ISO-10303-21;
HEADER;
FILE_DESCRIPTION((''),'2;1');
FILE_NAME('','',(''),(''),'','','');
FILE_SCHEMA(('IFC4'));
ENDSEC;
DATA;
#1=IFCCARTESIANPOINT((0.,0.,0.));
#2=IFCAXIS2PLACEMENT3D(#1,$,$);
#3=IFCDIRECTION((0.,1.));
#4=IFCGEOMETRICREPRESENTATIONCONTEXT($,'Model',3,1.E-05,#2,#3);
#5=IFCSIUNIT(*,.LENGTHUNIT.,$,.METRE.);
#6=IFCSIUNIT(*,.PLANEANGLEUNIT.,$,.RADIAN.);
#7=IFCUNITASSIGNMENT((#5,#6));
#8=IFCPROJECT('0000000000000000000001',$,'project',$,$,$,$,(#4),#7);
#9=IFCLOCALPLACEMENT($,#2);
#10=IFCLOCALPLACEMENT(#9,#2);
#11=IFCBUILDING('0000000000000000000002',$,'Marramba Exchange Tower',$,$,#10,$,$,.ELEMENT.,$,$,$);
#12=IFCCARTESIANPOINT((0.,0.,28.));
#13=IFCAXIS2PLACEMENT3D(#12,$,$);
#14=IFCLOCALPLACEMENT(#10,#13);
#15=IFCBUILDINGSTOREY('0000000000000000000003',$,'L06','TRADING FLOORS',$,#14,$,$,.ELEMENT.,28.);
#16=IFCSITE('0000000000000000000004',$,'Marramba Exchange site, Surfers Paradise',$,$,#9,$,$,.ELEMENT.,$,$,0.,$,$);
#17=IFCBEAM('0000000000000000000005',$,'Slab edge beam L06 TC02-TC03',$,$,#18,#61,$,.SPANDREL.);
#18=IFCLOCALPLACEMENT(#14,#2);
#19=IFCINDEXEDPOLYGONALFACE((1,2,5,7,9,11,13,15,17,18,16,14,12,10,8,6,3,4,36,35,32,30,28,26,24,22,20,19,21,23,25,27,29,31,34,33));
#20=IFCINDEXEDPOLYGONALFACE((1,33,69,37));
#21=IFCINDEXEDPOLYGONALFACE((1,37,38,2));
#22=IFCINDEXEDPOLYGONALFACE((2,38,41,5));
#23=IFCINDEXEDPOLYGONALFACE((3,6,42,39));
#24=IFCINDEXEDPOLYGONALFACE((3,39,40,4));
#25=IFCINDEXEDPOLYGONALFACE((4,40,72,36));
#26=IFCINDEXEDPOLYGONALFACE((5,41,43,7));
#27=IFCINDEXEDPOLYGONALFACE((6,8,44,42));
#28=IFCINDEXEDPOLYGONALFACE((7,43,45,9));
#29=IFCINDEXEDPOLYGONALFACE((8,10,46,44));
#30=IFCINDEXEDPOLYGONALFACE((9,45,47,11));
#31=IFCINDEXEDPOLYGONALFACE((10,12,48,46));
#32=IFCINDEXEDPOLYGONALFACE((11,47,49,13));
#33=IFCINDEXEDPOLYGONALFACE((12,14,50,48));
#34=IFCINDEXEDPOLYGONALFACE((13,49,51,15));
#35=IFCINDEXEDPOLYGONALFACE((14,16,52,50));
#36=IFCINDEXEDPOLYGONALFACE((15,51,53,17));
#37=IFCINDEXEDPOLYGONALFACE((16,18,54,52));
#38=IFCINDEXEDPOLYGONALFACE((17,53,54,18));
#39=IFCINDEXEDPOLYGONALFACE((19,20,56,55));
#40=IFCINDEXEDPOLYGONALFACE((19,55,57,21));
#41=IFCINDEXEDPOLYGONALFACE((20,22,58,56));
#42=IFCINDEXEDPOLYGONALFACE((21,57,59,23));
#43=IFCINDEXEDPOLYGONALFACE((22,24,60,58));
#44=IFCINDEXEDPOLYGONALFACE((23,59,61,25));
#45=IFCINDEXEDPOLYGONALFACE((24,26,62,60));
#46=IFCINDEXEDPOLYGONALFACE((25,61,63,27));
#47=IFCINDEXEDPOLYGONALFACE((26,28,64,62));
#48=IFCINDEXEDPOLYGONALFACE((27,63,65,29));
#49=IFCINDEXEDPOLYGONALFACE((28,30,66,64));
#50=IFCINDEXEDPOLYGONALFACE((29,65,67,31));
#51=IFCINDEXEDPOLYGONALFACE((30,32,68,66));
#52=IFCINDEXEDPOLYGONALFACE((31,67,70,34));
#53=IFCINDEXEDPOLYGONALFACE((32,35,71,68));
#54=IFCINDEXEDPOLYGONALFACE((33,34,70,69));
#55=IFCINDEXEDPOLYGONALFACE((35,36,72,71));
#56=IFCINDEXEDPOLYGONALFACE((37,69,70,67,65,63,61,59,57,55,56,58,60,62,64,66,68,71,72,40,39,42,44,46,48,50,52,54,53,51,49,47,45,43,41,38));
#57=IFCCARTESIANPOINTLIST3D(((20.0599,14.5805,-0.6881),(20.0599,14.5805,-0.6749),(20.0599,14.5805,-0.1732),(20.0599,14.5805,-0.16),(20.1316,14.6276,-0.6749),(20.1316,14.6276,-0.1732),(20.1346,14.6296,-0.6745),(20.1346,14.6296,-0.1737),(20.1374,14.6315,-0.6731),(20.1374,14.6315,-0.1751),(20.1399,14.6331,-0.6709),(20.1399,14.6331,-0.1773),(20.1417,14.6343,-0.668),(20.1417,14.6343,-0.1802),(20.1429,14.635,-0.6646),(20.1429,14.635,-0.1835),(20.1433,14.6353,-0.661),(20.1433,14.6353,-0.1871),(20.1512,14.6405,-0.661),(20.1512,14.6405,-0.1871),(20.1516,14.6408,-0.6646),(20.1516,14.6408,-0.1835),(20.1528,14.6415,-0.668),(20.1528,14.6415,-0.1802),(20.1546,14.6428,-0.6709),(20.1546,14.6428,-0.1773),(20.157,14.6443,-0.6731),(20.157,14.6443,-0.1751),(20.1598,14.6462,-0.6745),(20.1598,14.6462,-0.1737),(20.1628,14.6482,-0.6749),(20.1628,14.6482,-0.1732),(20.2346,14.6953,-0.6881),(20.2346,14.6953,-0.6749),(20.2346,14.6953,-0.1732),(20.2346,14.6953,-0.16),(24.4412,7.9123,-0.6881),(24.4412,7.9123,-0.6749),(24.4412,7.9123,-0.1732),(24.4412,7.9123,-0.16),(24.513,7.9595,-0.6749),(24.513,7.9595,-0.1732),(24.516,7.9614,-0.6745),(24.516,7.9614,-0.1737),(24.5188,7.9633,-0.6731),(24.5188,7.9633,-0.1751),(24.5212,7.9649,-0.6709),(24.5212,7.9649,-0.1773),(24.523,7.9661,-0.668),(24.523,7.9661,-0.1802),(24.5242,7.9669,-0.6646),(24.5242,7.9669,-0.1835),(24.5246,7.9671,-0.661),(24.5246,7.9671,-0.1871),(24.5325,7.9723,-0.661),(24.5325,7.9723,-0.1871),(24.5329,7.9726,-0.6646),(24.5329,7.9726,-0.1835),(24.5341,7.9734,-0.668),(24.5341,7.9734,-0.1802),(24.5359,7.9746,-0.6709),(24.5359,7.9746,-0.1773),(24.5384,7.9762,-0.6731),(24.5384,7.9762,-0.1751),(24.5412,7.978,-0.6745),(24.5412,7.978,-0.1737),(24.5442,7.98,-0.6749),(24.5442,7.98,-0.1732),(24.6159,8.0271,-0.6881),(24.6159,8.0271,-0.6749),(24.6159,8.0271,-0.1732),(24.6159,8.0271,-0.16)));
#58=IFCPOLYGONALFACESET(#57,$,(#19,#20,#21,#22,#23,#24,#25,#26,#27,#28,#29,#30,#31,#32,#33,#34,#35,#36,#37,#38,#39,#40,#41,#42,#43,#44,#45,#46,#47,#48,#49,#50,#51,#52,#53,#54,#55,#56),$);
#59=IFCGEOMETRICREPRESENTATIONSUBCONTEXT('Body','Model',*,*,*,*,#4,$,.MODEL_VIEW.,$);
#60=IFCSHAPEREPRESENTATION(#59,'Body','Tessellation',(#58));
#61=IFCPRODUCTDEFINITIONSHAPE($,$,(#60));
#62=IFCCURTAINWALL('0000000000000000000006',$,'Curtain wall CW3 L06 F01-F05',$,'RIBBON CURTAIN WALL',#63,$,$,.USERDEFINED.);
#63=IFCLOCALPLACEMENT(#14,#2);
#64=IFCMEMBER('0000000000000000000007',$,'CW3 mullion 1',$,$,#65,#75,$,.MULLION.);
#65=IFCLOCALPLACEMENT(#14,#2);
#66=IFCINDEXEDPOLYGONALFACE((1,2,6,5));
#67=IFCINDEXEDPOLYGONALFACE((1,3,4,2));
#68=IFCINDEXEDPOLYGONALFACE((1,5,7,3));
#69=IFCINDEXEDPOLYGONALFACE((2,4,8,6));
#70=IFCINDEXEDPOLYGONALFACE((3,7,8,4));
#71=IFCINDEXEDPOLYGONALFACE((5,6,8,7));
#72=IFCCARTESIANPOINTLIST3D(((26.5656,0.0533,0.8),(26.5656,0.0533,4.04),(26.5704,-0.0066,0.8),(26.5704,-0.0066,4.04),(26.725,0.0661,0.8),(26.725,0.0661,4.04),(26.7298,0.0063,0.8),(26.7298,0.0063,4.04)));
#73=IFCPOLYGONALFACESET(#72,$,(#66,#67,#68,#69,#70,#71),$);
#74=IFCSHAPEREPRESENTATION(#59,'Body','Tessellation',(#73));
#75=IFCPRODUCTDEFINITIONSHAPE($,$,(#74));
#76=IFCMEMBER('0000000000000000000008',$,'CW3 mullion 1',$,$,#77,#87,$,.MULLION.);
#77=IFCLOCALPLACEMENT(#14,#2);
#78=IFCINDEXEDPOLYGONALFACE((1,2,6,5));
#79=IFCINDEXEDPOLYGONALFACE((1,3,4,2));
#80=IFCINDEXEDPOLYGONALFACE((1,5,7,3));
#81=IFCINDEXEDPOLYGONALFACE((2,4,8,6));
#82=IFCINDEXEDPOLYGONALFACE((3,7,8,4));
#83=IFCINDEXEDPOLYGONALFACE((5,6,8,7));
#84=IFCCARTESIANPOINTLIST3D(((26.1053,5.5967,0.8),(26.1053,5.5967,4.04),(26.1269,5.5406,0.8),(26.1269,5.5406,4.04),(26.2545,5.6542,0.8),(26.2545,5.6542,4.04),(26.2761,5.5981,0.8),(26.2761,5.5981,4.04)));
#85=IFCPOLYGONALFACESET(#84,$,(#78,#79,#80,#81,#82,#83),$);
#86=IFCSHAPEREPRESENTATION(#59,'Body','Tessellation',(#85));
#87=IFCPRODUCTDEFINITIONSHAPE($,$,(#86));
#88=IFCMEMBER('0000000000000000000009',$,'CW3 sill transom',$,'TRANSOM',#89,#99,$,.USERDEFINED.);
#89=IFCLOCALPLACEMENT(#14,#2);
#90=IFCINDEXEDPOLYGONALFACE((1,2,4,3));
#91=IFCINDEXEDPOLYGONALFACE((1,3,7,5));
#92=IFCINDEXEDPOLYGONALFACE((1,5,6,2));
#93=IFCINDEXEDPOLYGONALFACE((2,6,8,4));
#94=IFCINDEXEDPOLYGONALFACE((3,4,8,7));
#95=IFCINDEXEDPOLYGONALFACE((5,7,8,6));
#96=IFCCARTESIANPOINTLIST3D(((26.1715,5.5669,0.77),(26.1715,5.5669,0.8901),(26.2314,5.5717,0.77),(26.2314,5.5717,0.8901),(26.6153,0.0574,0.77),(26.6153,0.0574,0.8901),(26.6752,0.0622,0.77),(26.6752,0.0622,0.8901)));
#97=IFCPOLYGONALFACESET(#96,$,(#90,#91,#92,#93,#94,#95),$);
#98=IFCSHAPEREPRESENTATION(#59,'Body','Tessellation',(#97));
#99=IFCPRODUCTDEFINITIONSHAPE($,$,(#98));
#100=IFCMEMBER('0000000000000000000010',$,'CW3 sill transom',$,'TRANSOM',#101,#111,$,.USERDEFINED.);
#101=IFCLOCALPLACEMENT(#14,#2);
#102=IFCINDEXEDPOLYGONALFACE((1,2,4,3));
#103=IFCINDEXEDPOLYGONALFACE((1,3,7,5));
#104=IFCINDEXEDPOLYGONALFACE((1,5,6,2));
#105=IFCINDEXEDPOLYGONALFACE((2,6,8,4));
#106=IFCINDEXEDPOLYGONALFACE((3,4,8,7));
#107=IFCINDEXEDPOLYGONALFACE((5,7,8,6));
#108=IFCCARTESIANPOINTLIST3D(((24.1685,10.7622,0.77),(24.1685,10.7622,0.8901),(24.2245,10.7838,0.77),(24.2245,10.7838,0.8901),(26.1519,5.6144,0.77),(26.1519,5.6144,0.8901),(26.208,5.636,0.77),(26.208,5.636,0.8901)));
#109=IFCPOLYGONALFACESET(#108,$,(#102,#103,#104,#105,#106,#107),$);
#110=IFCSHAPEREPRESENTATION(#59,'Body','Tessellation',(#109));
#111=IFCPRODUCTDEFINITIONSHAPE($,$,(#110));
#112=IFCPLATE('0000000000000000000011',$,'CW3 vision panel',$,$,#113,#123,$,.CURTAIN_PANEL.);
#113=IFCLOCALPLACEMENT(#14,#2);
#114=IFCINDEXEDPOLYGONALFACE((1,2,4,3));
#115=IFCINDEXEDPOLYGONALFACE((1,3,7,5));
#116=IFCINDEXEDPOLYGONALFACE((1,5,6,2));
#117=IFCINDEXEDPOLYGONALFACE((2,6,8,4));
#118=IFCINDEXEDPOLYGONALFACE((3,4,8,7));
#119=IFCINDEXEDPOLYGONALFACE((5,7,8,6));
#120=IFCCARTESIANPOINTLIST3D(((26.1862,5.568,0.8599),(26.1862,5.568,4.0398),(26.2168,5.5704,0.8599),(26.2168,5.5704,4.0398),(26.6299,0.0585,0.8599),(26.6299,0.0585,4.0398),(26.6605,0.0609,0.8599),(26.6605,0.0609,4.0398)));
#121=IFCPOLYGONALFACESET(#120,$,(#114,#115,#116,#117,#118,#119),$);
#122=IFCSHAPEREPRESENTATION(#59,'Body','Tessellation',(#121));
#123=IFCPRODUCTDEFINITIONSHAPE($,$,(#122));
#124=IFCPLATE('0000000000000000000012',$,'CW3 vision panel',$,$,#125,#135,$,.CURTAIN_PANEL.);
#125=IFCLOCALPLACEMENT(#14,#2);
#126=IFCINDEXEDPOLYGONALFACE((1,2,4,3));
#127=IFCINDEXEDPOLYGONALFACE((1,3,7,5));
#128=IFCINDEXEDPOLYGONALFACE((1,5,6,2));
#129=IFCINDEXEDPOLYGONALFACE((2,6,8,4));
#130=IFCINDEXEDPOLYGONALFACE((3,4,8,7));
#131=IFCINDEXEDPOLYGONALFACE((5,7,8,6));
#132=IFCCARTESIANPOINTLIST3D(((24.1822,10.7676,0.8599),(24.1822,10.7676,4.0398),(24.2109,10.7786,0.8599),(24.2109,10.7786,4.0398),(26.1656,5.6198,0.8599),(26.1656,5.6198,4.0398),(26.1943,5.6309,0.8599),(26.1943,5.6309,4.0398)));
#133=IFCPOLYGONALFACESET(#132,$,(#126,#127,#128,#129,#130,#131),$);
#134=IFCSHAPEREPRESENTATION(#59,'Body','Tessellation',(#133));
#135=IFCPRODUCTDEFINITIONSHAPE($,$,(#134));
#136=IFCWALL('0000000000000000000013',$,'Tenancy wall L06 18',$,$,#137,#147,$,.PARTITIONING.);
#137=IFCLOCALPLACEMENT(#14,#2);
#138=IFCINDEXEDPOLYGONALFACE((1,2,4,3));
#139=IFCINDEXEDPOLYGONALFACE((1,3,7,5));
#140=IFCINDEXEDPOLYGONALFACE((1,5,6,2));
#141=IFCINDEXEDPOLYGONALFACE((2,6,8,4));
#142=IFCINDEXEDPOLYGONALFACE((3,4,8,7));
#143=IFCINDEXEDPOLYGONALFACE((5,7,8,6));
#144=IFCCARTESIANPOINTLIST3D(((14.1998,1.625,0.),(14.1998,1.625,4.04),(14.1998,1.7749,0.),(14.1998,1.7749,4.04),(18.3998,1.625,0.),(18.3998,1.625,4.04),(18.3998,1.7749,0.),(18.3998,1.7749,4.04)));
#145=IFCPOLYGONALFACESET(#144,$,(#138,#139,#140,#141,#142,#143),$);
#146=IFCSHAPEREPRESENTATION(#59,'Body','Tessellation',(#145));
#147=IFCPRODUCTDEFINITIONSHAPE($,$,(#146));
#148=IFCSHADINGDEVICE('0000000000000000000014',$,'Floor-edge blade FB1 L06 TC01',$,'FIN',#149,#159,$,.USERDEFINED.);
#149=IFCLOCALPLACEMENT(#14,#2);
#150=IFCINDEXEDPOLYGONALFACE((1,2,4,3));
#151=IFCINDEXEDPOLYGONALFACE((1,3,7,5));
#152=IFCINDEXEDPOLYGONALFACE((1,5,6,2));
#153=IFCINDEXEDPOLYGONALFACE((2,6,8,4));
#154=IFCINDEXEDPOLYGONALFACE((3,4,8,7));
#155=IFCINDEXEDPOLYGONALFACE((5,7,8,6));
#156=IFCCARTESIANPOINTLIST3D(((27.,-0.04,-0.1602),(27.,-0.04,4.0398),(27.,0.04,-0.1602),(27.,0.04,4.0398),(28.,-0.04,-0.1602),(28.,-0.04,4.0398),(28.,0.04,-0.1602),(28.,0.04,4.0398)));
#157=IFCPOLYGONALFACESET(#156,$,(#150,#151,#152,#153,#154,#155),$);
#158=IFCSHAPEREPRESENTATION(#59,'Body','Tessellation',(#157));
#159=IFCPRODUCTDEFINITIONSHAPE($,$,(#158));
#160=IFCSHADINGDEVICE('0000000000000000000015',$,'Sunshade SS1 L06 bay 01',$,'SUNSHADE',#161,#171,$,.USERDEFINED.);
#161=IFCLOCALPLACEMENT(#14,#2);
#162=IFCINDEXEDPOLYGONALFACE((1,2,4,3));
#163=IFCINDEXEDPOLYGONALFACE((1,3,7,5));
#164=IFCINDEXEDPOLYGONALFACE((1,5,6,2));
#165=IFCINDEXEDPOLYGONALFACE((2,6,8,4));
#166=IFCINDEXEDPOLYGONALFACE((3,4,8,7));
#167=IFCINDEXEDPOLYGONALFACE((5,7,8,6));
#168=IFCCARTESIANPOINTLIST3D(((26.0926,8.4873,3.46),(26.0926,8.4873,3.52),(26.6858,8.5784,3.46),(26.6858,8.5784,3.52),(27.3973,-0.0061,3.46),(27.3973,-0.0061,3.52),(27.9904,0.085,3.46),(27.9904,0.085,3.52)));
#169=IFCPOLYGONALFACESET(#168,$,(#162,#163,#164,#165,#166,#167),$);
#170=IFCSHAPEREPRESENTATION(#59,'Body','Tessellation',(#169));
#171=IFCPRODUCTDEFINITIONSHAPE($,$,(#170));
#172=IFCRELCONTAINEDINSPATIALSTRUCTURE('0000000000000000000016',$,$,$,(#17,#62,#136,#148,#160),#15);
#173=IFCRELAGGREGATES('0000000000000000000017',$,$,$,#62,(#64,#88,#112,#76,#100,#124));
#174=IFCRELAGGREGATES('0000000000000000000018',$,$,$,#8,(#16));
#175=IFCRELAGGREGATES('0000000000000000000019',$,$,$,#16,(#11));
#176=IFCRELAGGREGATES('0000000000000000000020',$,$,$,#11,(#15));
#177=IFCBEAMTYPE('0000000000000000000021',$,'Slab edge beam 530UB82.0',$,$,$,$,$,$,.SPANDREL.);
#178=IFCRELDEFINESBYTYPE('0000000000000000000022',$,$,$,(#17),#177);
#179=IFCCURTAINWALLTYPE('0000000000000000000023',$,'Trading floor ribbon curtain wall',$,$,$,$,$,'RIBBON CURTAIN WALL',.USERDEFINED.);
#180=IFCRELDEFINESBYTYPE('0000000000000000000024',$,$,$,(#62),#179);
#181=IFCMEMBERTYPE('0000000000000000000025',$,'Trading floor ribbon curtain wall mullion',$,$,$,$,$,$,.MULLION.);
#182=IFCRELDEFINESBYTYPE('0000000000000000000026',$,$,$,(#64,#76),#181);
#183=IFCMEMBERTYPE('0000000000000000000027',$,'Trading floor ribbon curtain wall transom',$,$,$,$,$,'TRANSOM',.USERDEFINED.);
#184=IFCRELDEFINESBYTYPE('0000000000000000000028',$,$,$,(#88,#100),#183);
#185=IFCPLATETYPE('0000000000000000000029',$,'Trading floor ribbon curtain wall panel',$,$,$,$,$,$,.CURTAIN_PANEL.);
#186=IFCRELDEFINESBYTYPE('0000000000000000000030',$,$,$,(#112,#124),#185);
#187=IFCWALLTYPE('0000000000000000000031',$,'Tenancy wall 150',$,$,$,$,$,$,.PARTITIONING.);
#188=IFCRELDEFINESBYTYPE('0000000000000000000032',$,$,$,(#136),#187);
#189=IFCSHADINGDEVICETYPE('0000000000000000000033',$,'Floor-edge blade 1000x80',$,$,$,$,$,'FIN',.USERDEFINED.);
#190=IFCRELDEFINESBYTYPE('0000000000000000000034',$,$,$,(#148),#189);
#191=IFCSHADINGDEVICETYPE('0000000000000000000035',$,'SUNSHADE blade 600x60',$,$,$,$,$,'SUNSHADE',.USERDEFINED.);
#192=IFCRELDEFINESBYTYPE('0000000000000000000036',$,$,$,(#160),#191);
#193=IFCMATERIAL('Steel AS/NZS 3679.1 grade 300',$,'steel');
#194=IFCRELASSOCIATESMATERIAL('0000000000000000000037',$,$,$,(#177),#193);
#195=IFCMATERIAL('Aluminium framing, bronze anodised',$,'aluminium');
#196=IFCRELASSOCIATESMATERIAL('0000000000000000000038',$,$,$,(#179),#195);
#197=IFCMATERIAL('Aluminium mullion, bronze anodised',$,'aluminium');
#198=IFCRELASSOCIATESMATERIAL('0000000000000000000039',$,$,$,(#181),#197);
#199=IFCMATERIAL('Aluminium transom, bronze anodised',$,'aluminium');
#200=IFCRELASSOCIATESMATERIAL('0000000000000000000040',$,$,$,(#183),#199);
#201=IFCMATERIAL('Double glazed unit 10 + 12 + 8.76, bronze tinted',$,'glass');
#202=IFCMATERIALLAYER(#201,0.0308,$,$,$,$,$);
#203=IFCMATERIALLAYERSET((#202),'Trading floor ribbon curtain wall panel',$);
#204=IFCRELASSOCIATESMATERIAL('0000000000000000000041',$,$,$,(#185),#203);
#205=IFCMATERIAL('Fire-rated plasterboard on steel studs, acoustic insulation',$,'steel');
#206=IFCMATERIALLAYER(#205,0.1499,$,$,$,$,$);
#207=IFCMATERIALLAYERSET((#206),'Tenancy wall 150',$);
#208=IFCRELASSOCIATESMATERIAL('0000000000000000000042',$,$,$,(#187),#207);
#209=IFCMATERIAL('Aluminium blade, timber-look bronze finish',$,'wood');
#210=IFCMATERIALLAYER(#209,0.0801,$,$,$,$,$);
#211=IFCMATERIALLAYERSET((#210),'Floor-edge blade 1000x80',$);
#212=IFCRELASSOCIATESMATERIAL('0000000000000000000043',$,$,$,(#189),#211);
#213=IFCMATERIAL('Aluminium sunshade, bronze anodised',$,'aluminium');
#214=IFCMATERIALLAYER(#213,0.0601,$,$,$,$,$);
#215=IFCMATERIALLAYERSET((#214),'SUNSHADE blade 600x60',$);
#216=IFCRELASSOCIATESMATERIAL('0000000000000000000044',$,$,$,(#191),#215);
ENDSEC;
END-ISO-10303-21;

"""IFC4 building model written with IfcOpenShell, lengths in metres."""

from ifc_helpers import new_model, si_unit, direction, frame, frame_2d, origin, origin_2d, place, context, subcontext, project, spatial, rectangle, i_section, extrude, material, layer, layer_set, material_profile, profile_set, type_object, element, aggregate, save


model = new_model("IFC4")

# Units and contexts
model_context = context("Model", 3, precision=1e-05, world=origin(), true_north=direction((0.0, 1.0)))
body_context = subcontext(model_context, "Body", "Model", "MODEL_VIEW")
ifc_project = project(units=[si_unit("LENGTHUNIT", "METRE"), si_unit("PLANEANGLEUNIT", "RADIAN")], contexts=[model_context])

# Site, building, storey
site_placement = place(None, origin())
site = spatial("IfcSite", under=ifc_project, at=site_placement, Name="Marramba Exchange site, Surfers Paradise", CompositionType="ELEMENT", RefElevation=0.0)
building_placement = place(site_placement, origin())
building = spatial("IfcBuilding", under=site, at=building_placement, Name="Marramba Exchange Tower", CompositionType="ELEMENT")
storey_placement = place(building_placement, frame((0.0, 0.0, 28.0)))
storey = spatial("IfcBuildingStorey", under=building, at=storey_placement, Name="L06", Description="TRADING FLOORS", CompositionType="ELEMENT", Elevation=28.0)

# Beam
ifc_material_1 = material(Name="Steel AS/NZS 3679.1 grade 300", Category="steel")
ifc_material_profile_1 = material_profile(ifc_material_1, i_section(OverallWidth=0.209, OverallDepth=0.5281, WebThickness=0.0095, FlangeThickness=0.0132, FilletRadius=0.0139, at=origin_2d()), Name="530UB82.0")
ifc_profile_set_1 = profile_set([ifc_material_profile_1], Name="Steel AS/NZS 3679.1 grade 300")
beam_type_1 = type_object("IfcBeamType", Name="Slab edge beam 530UB82.0", PredefinedType="SPANDREL", material=ifc_profile_set_1)
beam_1_placement = place(storey_placement, frame((24.5286, 7.9697, -0.4241), z_axis=(-0.549124, 0.835741, 0.0), x_axis=(-0.835741, -0.549124, 0.0)))
element("IfcBeam", 1, at=beam_1_placement, inside=storey, type_object=beam_type_1, Name="Slab edge beam L06 TC02-TC03", PredefinedType="SPANDREL", context=body_context, shape_type="SweptSolid", body=[
    extrude(i_section(OverallWidth=0.209, OverallDepth=0.5281, WebThickness=0.0095, FlangeThickness=0.0132, FilletRadius=0.0139, at=origin_2d()), origin(), (0.0, 0.0, 1.0), 7.9788),
])

# Curtain wall, members, plates
ifc_material_2 = material(Name="Aluminium framing, bronze anodised", Category="aluminium")
curtain_wall_type = type_object("IfcCurtainWallType", Name="Trading floor ribbon curtain wall", ElementType="RIBBON CURTAIN WALL", PredefinedType="USERDEFINED", material=ifc_material_2)
curtain_wall_placement = place(storey_placement, origin())
curtain_wall = element("IfcCurtainWall", 2, at=curtain_wall_placement, inside=storey, type_object=curtain_wall_type, Name="Curtain wall CW3 L06 F01-F05", ObjectType="RIBBON CURTAIN WALL", PredefinedType="USERDEFINED")
ifc_material_3 = material(Name="Aluminium mullion, bronze anodised", Category="aluminium")
ifc_material_profile_2 = material_profile(ifc_material_3, rectangle(XDim=0.1599, YDim=0.0601, at=origin_2d()), Name="CW3 mullion 60x160")
ifc_profile_set_2 = profile_set([ifc_material_profile_2], Name="Aluminium mullion, bronze anodised")
member_type_1 = type_object("IfcMemberType", Name="Trading floor ribbon curtain wall mullion", PredefinedType="MULLION", material=ifc_profile_set_2)
member_1_placement = place(storey_placement, frame((26.6477, 0.0298, 0.8), z_axis=(0.0, 0.0, 1.0), x_axis=(-0.996773, -0.080275, 0.0)))
member_1 = element("IfcMember", 3, at=member_1_placement, type_object=member_type_1, Name="CW3 mullion 1", PredefinedType="MULLION", context=body_context, shape_type="SweptSolid", body=[
    extrude(rectangle(XDim=0.1599, YDim=0.0601, at=origin_2d()), origin(), (0.0, 0.0, 1.0), 3.24),
])
member_2_placement = place(storey_placement, frame((26.1907, 5.5974, 0.8), z_axis=(0.0, 0.0, 1.0), x_axis=(-0.933135, -0.359526, 0.0)))
member_2 = element("IfcMember", 4, at=member_2_placement, type_object=member_type_1, Name="CW3 mullion 1", PredefinedType="MULLION", context=body_context, shape_type="SweptSolid", body=[
    extrude(rectangle(XDim=0.1599, YDim=0.0601, at=origin_2d()), origin(), (0.0, 0.0, 1.0), 3.24),
])
ifc_material_4 = material(Name="Aluminium transom, bronze anodised", Category="aluminium")
ifc_material_profile_3 = material_profile(ifc_material_4, rectangle(XDim=0.0601, YDim=0.1201, at=origin_2d()), Name="CW3 transom 60x120")
ifc_profile_set_3 = profile_set([ifc_material_profile_3], Name="Aluminium transom, bronze anodised")
member_type_2 = type_object("IfcMemberType", Name="Trading floor ribbon curtain wall transom", ElementType="TRANSOM", PredefinedType="USERDEFINED", material=ifc_profile_set_3)
member_3_placement = place(storey_placement, frame((26.6453, 0.0598, 0.8301), z_axis=(-0.0803, 0.996771, 0.0), x_axis=(-0.996771, -0.0803, 0.0)))
member_3 = element("IfcMember", 5, at=member_3_placement, type_object=member_type_2, Name="CW3 sill transom", ObjectType="TRANSOM", PredefinedType="USERDEFINED", context=body_context, shape_type="SweptSolid", body=[
    extrude(rectangle(XDim=0.0601, YDim=0.1201, at=origin_2d()), origin(), (0.0, 0.0, 1.0), 5.5273),
])
member_4_placement = place(storey_placement, frame((26.1799, 5.6252, 0.8301), z_axis=(-0.359534, 0.933132, 0.0), x_axis=(-0.933132, -0.359534, 0.0)))
member_4 = element("IfcMember", 6, at=member_4_placement, type_object=member_type_2, Name="CW3 sill transom", ObjectType="TRANSOM", PredefinedType="USERDEFINED", context=body_context, shape_type="SweptSolid", body=[
    extrude(rectangle(XDim=0.0601, YDim=0.1201, at=origin_2d()), origin(), (0.0, 0.0, 1.0), 5.5166),
])
ifc_material_5 = material(Name="Double glazed unit 10 + 12 + 8.76, bronze tinted", Category="glass")
ifc_layer_1 = layer(ifc_material_5, 0.0308)
ifc_layer_set_1 = layer_set([ifc_layer_1], Name="Trading floor ribbon curtain wall panel")
plate_type = type_object("IfcPlateType", Name="Trading floor ribbon curtain wall panel", PredefinedType="CURTAIN_PANEL", material=ifc_layer_set_1)
plate_1_placement = place(storey_placement, frame((26.4233, 2.8145, 0.8599), z_axis=(0.0, 0.0, 1.0), x_axis=(-0.080275, 0.996773, 0.0)))
plate_1 = element("IfcPlate", 7, at=plate_1_placement, type_object=plate_type, Name="CW3 vision panel", PredefinedType="CURTAIN_PANEL", context=body_context, shape_type="SweptSolid", body=[
    extrude(rectangle(XDim=5.5273, YDim=0.0308, at=origin_2d()), origin(), (0.0, 0.0, 1.0), 3.1799),
])
plate_2_placement = place(storey_placement, frame((25.1882, 8.1992, 0.8599), z_axis=(0.0, 0.0, 1.0), x_axis=(-0.359526, 0.933135, 0.0)))
plate_2 = element("IfcPlate", 8, at=plate_2_placement, type_object=plate_type, Name="CW3 vision panel", PredefinedType="CURTAIN_PANEL", context=body_context, shape_type="SweptSolid", body=[
    extrude(rectangle(XDim=5.5166, YDim=0.0308, at=origin_2d()), origin(), (0.0, 0.0, 1.0), 3.1799),
])
aggregate(curtain_wall, [member_1, member_3, plate_1, member_2, member_4, plate_2])

# Wall
ifc_material_6 = material(Name="Fire-rated plasterboard on steel studs, acoustic insulation", Category="steel")
ifc_layer_2 = layer(ifc_material_6, 0.1499)
ifc_layer_set_2 = layer_set([ifc_layer_2], Name="Tenancy wall 150")
wall_type = type_object("IfcWallType", Name="Tenancy wall 150", PredefinedType="PARTITIONING", material=ifc_layer_set_2)
wall_placement = place(storey_placement, frame((18.3999, 1.7, 0.0), z_axis=(0.0, 0.0, 1.0), x_axis=(-1.0, 0.0, 0.0)))
element("IfcWall", 9, at=wall_placement, inside=storey, type_object=wall_type, Name="Tenancy wall L06 18", PredefinedType="PARTITIONING", context=body_context, shape_type="SweptSolid", body=[
    extrude(rectangle(XDim=4.2, YDim=0.1499, at=frame_2d((2.1001, 0.0))), origin(), (0.0, 0.0, 1.0), 4.04),
])

# Shading devices
ifc_material_7 = material(Name="Aluminium blade, timber-look bronze finish", Category="wood")
ifc_layer_3 = layer(ifc_material_7, 0.0801)
ifc_layer_set_3 = layer_set([ifc_layer_3], Name="Floor-edge blade 1000x80")
shading_device_type_1 = type_object("IfcShadingDeviceType", Name="Floor-edge blade 1000x80", ElementType="FIN", PredefinedType="USERDEFINED", material=ifc_layer_set_3)
shading_device_1_placement = place(storey_placement, frame((27.5, 0.0, -0.1602), z_axis=(0.0, 0.0, 1.0), x_axis=(1.0, 0.0, 0.0)))
element("IfcShadingDevice", 10, at=shading_device_1_placement, inside=storey, type_object=shading_device_type_1, Name="Floor-edge blade FB1 L06 TC01", ObjectType="FIN", PredefinedType="USERDEFINED", context=body_context, shape_type="SweptSolid", body=[
    extrude(rectangle(XDim=1.0, YDim=0.0801, at=origin_2d()), origin(), (0.0, 0.0, 1.0), 4.2),
])
ifc_material_8 = material(Name="Aluminium sunshade, bronze anodised", Category="aluminium")
ifc_layer_4 = layer(ifc_material_8, 0.0601)
ifc_layer_set_4 = layer_set([ifc_layer_4], Name="SUNSHADE blade 600x60")
shading_device_type_2 = type_object("IfcShadingDeviceType", Name="SUNSHADE blade 600x60", ElementType="SUNSHADE", PredefinedType="USERDEFINED", material=ifc_layer_set_4)
shading_device_2_placement = place(storey_placement, frame((27.0415, 4.2861, 3.46), z_axis=(0.0, 0.0, 1.0), x_axis=(-0.151825, 0.988407, 0.0)))
element("IfcShadingDevice", 11, at=shading_device_2_placement, inside=storey, type_object=shading_device_type_2, Name="Sunshade SS1 L06 bay 01", ObjectType="SUNSHADE", PredefinedType="USERDEFINED", context=body_context, shape_type="SweptSolid", body=[
    extrude(rectangle(XDim=8.593, YDim=0.6001, at=origin_2d()), origin(), (0.0, 0.0, 1.0), 0.0601),
])

save(model, "model.ifc")
